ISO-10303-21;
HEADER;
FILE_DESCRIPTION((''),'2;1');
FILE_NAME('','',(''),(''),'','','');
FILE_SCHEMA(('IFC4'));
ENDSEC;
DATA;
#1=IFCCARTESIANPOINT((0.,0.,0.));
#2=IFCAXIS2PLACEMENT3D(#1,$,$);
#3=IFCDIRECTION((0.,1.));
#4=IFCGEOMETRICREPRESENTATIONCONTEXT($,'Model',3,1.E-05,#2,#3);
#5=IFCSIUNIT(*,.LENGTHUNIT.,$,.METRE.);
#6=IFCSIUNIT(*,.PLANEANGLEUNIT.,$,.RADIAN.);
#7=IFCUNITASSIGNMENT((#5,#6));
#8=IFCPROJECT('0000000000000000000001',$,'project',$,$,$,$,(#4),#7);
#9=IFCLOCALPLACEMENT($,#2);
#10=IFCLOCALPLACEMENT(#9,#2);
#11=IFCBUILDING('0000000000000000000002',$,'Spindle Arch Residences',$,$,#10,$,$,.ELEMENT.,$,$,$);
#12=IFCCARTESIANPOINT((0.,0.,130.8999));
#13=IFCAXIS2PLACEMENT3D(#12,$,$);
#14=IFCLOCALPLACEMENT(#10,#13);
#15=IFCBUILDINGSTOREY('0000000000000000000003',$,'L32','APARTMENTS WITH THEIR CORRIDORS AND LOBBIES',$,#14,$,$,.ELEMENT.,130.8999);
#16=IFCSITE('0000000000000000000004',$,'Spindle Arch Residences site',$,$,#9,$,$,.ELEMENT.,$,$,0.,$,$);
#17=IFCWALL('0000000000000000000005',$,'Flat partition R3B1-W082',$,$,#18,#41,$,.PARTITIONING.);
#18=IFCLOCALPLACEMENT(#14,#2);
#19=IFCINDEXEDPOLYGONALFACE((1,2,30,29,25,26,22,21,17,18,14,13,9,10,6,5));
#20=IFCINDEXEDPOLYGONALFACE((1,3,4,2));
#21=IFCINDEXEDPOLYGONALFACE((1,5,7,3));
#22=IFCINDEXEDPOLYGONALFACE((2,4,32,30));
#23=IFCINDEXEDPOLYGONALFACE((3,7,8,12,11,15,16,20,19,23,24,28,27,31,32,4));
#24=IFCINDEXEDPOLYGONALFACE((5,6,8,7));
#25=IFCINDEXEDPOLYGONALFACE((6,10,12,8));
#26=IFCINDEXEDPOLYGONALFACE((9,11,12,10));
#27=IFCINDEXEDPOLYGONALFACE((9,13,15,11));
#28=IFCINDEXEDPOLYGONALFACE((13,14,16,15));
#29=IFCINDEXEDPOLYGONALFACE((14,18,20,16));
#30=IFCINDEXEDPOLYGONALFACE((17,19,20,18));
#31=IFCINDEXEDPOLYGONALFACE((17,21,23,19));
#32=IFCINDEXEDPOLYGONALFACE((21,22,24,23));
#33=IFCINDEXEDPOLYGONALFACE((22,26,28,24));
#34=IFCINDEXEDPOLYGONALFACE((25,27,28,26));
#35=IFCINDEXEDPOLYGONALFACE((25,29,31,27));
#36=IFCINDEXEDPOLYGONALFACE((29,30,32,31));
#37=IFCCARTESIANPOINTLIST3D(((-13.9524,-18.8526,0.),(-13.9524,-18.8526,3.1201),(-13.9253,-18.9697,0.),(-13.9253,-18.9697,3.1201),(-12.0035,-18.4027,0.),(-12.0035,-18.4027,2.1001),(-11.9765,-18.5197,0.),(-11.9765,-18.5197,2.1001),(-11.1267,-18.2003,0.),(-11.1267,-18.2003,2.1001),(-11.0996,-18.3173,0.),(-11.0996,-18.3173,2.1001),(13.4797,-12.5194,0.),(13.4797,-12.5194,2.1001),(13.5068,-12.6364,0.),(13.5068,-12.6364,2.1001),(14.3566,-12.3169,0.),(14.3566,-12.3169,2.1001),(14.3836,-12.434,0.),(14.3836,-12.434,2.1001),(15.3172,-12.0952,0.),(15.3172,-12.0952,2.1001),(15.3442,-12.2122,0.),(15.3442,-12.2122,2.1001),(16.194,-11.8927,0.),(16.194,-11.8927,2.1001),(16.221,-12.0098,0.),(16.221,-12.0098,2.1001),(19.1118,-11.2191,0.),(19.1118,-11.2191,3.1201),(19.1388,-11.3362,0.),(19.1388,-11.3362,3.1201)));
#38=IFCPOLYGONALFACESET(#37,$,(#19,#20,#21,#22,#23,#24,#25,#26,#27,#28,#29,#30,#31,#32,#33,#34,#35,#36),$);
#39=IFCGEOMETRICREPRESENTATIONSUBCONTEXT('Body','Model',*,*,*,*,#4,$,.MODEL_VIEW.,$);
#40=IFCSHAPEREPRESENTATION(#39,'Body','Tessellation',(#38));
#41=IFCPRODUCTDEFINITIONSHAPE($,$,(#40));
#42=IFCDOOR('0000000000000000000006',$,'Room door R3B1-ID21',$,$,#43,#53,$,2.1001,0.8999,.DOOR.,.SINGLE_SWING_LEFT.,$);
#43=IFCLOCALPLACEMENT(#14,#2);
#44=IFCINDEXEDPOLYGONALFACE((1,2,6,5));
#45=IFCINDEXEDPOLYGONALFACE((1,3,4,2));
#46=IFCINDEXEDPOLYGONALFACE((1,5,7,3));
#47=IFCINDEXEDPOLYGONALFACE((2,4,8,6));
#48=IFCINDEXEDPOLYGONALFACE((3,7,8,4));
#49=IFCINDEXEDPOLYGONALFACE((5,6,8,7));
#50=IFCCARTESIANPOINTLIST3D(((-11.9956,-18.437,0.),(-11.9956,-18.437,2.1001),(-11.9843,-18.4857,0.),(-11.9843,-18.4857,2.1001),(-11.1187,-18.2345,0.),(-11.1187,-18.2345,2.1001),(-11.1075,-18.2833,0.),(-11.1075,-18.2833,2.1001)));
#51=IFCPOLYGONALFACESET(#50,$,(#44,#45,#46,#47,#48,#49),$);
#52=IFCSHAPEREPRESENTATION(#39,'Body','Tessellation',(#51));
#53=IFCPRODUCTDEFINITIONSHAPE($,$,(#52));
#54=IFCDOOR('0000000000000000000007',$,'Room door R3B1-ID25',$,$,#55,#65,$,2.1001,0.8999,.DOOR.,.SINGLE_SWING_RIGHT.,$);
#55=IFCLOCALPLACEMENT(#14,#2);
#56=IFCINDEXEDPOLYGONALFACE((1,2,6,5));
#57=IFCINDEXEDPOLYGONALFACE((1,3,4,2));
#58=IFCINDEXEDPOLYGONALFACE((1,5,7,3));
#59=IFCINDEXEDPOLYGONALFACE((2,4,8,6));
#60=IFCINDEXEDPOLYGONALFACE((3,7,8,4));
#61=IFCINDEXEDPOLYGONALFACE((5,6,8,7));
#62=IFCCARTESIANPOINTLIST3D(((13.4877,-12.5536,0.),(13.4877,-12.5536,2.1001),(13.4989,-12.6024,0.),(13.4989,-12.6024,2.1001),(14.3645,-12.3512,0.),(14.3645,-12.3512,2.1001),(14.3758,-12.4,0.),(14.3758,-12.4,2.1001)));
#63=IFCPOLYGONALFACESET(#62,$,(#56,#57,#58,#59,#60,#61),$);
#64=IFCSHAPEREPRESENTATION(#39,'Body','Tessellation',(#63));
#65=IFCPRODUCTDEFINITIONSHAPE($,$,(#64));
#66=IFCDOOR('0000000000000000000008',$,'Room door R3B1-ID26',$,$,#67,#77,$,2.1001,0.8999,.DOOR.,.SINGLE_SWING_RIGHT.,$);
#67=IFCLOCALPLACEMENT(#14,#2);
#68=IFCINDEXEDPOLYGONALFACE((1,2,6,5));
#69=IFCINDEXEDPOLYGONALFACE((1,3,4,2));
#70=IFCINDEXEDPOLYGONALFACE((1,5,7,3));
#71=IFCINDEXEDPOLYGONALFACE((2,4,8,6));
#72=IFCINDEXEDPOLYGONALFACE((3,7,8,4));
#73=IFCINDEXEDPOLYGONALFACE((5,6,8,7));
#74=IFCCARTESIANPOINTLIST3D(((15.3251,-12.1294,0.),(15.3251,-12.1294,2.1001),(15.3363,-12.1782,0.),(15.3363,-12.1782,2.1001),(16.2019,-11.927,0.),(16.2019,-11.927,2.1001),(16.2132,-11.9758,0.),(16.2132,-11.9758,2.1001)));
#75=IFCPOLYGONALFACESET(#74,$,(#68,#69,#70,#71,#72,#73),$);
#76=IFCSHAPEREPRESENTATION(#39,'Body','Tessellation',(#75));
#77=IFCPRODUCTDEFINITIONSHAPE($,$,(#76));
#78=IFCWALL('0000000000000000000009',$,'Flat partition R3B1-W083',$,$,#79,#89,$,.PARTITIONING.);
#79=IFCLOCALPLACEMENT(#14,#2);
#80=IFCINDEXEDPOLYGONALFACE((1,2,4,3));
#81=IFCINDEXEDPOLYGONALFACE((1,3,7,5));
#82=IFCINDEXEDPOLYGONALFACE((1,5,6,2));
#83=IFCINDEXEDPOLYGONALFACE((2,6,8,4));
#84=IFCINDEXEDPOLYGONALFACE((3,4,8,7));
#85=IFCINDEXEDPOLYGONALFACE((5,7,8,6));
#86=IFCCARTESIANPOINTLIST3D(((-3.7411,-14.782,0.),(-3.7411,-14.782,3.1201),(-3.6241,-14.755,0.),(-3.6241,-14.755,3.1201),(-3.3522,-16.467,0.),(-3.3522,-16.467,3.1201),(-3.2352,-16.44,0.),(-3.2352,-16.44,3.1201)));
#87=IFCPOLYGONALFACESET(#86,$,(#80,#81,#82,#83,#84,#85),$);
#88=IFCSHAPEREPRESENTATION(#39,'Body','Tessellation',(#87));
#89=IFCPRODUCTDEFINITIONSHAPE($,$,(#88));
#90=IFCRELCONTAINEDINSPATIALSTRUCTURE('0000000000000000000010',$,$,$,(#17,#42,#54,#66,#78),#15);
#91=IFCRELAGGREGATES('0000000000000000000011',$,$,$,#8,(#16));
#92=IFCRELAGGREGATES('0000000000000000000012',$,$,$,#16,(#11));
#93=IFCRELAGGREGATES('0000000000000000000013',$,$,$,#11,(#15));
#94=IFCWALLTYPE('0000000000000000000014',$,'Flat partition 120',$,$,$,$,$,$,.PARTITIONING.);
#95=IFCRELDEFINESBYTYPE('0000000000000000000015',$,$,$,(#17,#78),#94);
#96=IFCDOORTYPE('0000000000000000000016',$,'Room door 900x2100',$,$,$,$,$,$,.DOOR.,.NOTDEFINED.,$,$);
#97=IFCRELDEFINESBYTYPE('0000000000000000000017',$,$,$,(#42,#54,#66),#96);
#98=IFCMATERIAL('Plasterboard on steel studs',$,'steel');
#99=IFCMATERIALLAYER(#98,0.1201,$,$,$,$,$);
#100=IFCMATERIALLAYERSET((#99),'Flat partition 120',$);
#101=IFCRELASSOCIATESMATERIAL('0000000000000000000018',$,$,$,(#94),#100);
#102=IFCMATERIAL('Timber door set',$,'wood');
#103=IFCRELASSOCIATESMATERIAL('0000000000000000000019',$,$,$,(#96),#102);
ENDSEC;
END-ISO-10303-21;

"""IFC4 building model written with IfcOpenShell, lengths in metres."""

from ifc_helpers import new_model, si_unit, direction, frame, frame_2d, origin, place, context, subcontext, project, spatial, rectangle, extrude, material, layer, layer_set, type_object, element, fill, save


model = new_model("IFC4")

# Units and contexts
model_context = context("Model", 3, precision=1e-05, world=origin(), true_north=direction((0.0, 1.0)))
body_context = subcontext(model_context, "Body", "Model", "MODEL_VIEW")
ifc_project = project(units=[si_unit("LENGTHUNIT", "METRE"), si_unit("PLANEANGLEUNIT", "RADIAN")], contexts=[model_context])

# Site, building, storey
site_placement = place(None, origin())
site = spatial("IfcSite", under=ifc_project, at=site_placement, Name="Spindle Arch Residences site", CompositionType="ELEMENT", RefElevation=0.0)
building_placement = place(site_placement, origin())
building = spatial("IfcBuilding", under=site, at=building_placement, Name="Spindle Arch Residences", CompositionType="ELEMENT")
storey_placement = place(building_placement, frame((0.0, 0.0, 130.8999)))
storey = spatial("IfcBuildingStorey", under=building, at=storey_placement, Name="L32", Description="APARTMENTS WITH THEIR CORRIDORS AND LOBBIES", CompositionType="ELEMENT", Elevation=130.8999)

# Shared definitions
ifc_material_1 = material(Name="Plasterboard on steel studs", Category="steel")
ifc_layer_1 = layer(ifc_material_1, 0.1201)
ifc_layer_set_1 = layer_set([ifc_layer_1], Name="Flat partition 120")
wall_type = type_object("IfcWallType", Name="Flat partition 120", PredefinedType="PARTITIONING", material=ifc_layer_set_1)

# Shared definitions
ifc_material_2 = material(Name="Timber door set", Category="wood")
door_type = type_object("IfcDoorType", Name="Room door 900x2100", OperationType="NOTDEFINED", PredefinedType="DOOR", material=ifc_material_2)

# Wall, openings, doors
wall_1_placement = place(storey_placement, frame((-13.9387, -18.9111, 0.0), z_axis=(0.0, 0.0, 1.0), x_axis=(0.97437, 0.224953, 0.0)))
wall_1 = element("IfcWall", 1, at=wall_1_placement, inside=storey, type_object=wall_type, Name="Flat partition R3B1-W082", PredefinedType="PARTITIONING", context=body_context, shape_type="SweptSolid", body=[
    extrude(rectangle(XDim=33.9338, YDim=0.1201, at=frame_2d((16.9668, 0.0))), origin(), (0.0, 0.0, 1.0), 3.1201),
])
opening_1_placement = place(wall_1_placement, frame((2.0, 0.0, 0.0)))
opening_1 = element("IfcOpeningElement", 2, at=opening_1_placement, cuts=wall_1, PredefinedType="OPENING", context=body_context, shape_type="SweptSolid", body=[
    extrude(rectangle(XDim=0.8999, YDim=2.1001, at=frame_2d((0.45, 1.05))), frame((0.0, 0.0701, 0.0), z_axis=(0.0, -1.0, 0.0), x_axis=(1.0, 0.0, 0.0)), (0.0, 0.0, 1.0), 0.1401),
])
opening_2_placement = place(wall_1_placement, frame((28.1536, 0.0, 0.0)))
opening_2 = element("IfcOpeningElement", 3, at=opening_2_placement, cuts=wall_1, PredefinedType="OPENING", context=body_context, shape_type="SweptSolid", body=[
    extrude(rectangle(XDim=0.8999, YDim=2.1001, at=frame_2d((0.45, 1.05))), frame((0.0, 0.0701, 0.0), z_axis=(0.0, -1.0, 0.0), x_axis=(1.0, 0.0, 0.0)), (0.0, 0.0, 1.0), 0.1401),
])
opening_3_placement = place(wall_1_placement, frame((30.0393, 0.0, 0.0)))
opening_3 = element("IfcOpeningElement", 4, at=opening_3_placement, cuts=wall_1, PredefinedType="OPENING", context=body_context, shape_type="SweptSolid", body=[
    extrude(rectangle(XDim=0.8999, YDim=2.1001, at=frame_2d((0.45, 1.05))), frame((0.0, 0.0701, 0.0), z_axis=(0.0, -1.0, 0.0), x_axis=(1.0, 0.0, 0.0)), (0.0, 0.0, 1.0), 0.1401),
])
door_1_placement = place(opening_1_placement, origin())
door_1 = element("IfcDoor", 5, at=door_1_placement, inside=storey, type_object=door_type, Name="Room door R3B1-ID21", OperationType="SINGLE_SWING_LEFT", OverallHeight=2.1001, OverallWidth=0.8999, PredefinedType="DOOR", context=body_context, shape_type="SweptSolid", body=[
    extrude(rectangle(XDim=0.8999, YDim=2.1001, at=frame_2d((0.45, 1.05))), frame((0.0, 0.0249, 0.0), z_axis=(0.0, -1.0, 0.0), x_axis=(1.0, 0.0, 0.0)), (0.0, 0.0, 1.0), 0.05),
])
fill(opening_1, door_1)
door_2_placement = place(opening_2_placement, origin())
door_2 = element("IfcDoor", 6, at=door_2_placement, inside=storey, type_object=door_type, Name="Room door R3B1-ID25", OperationType="SINGLE_SWING_RIGHT", OverallHeight=2.1001, OverallWidth=0.8999, PredefinedType="DOOR", context=body_context, shape_type="SweptSolid", body=[
    extrude(rectangle(XDim=0.8999, YDim=2.1001, at=frame_2d((0.45, 1.05))), frame((0.0, 0.0249, 0.0), z_axis=(0.0, -1.0, 0.0), x_axis=(1.0, 0.0, 0.0)), (0.0, 0.0, 1.0), 0.05),
])
fill(opening_2, door_2)
door_3_placement = place(opening_3_placement, origin())
door_3 = element("IfcDoor", 7, at=door_3_placement, inside=storey, type_object=door_type, Name="Room door R3B1-ID26", OperationType="SINGLE_SWING_RIGHT", OverallHeight=2.1001, OverallWidth=0.8999, PredefinedType="DOOR", context=body_context, shape_type="SweptSolid", body=[
    extrude(rectangle(XDim=0.8999, YDim=2.1001, at=frame_2d((0.45, 1.05))), frame((0.0, 0.0249, 0.0), z_axis=(0.0, -1.0, 0.0), x_axis=(1.0, 0.0, 0.0)), (0.0, 0.0, 1.0), 0.05),
])
fill(opening_3, door_3)

# Wall
wall_2_placement = place(storey_placement, frame((-3.2937, -16.4536, 0.0), z_axis=(0.0, 0.0, 1.0), x_axis=(-0.22489, 0.974384, 0.0)))
element("IfcWall", 8, at=wall_2_placement, inside=storey, type_object=wall_type, Name="Flat partition R3B1-W083", PredefinedType="PARTITIONING", context=body_context, shape_type="SweptSolid", body=[
    extrude(rectangle(XDim=1.7292, YDim=0.1201, at=frame_2d((0.8647, 0.0))), origin(), (0.0, 0.0, 1.0), 3.1201),
])

save(model, "model.ifc")
